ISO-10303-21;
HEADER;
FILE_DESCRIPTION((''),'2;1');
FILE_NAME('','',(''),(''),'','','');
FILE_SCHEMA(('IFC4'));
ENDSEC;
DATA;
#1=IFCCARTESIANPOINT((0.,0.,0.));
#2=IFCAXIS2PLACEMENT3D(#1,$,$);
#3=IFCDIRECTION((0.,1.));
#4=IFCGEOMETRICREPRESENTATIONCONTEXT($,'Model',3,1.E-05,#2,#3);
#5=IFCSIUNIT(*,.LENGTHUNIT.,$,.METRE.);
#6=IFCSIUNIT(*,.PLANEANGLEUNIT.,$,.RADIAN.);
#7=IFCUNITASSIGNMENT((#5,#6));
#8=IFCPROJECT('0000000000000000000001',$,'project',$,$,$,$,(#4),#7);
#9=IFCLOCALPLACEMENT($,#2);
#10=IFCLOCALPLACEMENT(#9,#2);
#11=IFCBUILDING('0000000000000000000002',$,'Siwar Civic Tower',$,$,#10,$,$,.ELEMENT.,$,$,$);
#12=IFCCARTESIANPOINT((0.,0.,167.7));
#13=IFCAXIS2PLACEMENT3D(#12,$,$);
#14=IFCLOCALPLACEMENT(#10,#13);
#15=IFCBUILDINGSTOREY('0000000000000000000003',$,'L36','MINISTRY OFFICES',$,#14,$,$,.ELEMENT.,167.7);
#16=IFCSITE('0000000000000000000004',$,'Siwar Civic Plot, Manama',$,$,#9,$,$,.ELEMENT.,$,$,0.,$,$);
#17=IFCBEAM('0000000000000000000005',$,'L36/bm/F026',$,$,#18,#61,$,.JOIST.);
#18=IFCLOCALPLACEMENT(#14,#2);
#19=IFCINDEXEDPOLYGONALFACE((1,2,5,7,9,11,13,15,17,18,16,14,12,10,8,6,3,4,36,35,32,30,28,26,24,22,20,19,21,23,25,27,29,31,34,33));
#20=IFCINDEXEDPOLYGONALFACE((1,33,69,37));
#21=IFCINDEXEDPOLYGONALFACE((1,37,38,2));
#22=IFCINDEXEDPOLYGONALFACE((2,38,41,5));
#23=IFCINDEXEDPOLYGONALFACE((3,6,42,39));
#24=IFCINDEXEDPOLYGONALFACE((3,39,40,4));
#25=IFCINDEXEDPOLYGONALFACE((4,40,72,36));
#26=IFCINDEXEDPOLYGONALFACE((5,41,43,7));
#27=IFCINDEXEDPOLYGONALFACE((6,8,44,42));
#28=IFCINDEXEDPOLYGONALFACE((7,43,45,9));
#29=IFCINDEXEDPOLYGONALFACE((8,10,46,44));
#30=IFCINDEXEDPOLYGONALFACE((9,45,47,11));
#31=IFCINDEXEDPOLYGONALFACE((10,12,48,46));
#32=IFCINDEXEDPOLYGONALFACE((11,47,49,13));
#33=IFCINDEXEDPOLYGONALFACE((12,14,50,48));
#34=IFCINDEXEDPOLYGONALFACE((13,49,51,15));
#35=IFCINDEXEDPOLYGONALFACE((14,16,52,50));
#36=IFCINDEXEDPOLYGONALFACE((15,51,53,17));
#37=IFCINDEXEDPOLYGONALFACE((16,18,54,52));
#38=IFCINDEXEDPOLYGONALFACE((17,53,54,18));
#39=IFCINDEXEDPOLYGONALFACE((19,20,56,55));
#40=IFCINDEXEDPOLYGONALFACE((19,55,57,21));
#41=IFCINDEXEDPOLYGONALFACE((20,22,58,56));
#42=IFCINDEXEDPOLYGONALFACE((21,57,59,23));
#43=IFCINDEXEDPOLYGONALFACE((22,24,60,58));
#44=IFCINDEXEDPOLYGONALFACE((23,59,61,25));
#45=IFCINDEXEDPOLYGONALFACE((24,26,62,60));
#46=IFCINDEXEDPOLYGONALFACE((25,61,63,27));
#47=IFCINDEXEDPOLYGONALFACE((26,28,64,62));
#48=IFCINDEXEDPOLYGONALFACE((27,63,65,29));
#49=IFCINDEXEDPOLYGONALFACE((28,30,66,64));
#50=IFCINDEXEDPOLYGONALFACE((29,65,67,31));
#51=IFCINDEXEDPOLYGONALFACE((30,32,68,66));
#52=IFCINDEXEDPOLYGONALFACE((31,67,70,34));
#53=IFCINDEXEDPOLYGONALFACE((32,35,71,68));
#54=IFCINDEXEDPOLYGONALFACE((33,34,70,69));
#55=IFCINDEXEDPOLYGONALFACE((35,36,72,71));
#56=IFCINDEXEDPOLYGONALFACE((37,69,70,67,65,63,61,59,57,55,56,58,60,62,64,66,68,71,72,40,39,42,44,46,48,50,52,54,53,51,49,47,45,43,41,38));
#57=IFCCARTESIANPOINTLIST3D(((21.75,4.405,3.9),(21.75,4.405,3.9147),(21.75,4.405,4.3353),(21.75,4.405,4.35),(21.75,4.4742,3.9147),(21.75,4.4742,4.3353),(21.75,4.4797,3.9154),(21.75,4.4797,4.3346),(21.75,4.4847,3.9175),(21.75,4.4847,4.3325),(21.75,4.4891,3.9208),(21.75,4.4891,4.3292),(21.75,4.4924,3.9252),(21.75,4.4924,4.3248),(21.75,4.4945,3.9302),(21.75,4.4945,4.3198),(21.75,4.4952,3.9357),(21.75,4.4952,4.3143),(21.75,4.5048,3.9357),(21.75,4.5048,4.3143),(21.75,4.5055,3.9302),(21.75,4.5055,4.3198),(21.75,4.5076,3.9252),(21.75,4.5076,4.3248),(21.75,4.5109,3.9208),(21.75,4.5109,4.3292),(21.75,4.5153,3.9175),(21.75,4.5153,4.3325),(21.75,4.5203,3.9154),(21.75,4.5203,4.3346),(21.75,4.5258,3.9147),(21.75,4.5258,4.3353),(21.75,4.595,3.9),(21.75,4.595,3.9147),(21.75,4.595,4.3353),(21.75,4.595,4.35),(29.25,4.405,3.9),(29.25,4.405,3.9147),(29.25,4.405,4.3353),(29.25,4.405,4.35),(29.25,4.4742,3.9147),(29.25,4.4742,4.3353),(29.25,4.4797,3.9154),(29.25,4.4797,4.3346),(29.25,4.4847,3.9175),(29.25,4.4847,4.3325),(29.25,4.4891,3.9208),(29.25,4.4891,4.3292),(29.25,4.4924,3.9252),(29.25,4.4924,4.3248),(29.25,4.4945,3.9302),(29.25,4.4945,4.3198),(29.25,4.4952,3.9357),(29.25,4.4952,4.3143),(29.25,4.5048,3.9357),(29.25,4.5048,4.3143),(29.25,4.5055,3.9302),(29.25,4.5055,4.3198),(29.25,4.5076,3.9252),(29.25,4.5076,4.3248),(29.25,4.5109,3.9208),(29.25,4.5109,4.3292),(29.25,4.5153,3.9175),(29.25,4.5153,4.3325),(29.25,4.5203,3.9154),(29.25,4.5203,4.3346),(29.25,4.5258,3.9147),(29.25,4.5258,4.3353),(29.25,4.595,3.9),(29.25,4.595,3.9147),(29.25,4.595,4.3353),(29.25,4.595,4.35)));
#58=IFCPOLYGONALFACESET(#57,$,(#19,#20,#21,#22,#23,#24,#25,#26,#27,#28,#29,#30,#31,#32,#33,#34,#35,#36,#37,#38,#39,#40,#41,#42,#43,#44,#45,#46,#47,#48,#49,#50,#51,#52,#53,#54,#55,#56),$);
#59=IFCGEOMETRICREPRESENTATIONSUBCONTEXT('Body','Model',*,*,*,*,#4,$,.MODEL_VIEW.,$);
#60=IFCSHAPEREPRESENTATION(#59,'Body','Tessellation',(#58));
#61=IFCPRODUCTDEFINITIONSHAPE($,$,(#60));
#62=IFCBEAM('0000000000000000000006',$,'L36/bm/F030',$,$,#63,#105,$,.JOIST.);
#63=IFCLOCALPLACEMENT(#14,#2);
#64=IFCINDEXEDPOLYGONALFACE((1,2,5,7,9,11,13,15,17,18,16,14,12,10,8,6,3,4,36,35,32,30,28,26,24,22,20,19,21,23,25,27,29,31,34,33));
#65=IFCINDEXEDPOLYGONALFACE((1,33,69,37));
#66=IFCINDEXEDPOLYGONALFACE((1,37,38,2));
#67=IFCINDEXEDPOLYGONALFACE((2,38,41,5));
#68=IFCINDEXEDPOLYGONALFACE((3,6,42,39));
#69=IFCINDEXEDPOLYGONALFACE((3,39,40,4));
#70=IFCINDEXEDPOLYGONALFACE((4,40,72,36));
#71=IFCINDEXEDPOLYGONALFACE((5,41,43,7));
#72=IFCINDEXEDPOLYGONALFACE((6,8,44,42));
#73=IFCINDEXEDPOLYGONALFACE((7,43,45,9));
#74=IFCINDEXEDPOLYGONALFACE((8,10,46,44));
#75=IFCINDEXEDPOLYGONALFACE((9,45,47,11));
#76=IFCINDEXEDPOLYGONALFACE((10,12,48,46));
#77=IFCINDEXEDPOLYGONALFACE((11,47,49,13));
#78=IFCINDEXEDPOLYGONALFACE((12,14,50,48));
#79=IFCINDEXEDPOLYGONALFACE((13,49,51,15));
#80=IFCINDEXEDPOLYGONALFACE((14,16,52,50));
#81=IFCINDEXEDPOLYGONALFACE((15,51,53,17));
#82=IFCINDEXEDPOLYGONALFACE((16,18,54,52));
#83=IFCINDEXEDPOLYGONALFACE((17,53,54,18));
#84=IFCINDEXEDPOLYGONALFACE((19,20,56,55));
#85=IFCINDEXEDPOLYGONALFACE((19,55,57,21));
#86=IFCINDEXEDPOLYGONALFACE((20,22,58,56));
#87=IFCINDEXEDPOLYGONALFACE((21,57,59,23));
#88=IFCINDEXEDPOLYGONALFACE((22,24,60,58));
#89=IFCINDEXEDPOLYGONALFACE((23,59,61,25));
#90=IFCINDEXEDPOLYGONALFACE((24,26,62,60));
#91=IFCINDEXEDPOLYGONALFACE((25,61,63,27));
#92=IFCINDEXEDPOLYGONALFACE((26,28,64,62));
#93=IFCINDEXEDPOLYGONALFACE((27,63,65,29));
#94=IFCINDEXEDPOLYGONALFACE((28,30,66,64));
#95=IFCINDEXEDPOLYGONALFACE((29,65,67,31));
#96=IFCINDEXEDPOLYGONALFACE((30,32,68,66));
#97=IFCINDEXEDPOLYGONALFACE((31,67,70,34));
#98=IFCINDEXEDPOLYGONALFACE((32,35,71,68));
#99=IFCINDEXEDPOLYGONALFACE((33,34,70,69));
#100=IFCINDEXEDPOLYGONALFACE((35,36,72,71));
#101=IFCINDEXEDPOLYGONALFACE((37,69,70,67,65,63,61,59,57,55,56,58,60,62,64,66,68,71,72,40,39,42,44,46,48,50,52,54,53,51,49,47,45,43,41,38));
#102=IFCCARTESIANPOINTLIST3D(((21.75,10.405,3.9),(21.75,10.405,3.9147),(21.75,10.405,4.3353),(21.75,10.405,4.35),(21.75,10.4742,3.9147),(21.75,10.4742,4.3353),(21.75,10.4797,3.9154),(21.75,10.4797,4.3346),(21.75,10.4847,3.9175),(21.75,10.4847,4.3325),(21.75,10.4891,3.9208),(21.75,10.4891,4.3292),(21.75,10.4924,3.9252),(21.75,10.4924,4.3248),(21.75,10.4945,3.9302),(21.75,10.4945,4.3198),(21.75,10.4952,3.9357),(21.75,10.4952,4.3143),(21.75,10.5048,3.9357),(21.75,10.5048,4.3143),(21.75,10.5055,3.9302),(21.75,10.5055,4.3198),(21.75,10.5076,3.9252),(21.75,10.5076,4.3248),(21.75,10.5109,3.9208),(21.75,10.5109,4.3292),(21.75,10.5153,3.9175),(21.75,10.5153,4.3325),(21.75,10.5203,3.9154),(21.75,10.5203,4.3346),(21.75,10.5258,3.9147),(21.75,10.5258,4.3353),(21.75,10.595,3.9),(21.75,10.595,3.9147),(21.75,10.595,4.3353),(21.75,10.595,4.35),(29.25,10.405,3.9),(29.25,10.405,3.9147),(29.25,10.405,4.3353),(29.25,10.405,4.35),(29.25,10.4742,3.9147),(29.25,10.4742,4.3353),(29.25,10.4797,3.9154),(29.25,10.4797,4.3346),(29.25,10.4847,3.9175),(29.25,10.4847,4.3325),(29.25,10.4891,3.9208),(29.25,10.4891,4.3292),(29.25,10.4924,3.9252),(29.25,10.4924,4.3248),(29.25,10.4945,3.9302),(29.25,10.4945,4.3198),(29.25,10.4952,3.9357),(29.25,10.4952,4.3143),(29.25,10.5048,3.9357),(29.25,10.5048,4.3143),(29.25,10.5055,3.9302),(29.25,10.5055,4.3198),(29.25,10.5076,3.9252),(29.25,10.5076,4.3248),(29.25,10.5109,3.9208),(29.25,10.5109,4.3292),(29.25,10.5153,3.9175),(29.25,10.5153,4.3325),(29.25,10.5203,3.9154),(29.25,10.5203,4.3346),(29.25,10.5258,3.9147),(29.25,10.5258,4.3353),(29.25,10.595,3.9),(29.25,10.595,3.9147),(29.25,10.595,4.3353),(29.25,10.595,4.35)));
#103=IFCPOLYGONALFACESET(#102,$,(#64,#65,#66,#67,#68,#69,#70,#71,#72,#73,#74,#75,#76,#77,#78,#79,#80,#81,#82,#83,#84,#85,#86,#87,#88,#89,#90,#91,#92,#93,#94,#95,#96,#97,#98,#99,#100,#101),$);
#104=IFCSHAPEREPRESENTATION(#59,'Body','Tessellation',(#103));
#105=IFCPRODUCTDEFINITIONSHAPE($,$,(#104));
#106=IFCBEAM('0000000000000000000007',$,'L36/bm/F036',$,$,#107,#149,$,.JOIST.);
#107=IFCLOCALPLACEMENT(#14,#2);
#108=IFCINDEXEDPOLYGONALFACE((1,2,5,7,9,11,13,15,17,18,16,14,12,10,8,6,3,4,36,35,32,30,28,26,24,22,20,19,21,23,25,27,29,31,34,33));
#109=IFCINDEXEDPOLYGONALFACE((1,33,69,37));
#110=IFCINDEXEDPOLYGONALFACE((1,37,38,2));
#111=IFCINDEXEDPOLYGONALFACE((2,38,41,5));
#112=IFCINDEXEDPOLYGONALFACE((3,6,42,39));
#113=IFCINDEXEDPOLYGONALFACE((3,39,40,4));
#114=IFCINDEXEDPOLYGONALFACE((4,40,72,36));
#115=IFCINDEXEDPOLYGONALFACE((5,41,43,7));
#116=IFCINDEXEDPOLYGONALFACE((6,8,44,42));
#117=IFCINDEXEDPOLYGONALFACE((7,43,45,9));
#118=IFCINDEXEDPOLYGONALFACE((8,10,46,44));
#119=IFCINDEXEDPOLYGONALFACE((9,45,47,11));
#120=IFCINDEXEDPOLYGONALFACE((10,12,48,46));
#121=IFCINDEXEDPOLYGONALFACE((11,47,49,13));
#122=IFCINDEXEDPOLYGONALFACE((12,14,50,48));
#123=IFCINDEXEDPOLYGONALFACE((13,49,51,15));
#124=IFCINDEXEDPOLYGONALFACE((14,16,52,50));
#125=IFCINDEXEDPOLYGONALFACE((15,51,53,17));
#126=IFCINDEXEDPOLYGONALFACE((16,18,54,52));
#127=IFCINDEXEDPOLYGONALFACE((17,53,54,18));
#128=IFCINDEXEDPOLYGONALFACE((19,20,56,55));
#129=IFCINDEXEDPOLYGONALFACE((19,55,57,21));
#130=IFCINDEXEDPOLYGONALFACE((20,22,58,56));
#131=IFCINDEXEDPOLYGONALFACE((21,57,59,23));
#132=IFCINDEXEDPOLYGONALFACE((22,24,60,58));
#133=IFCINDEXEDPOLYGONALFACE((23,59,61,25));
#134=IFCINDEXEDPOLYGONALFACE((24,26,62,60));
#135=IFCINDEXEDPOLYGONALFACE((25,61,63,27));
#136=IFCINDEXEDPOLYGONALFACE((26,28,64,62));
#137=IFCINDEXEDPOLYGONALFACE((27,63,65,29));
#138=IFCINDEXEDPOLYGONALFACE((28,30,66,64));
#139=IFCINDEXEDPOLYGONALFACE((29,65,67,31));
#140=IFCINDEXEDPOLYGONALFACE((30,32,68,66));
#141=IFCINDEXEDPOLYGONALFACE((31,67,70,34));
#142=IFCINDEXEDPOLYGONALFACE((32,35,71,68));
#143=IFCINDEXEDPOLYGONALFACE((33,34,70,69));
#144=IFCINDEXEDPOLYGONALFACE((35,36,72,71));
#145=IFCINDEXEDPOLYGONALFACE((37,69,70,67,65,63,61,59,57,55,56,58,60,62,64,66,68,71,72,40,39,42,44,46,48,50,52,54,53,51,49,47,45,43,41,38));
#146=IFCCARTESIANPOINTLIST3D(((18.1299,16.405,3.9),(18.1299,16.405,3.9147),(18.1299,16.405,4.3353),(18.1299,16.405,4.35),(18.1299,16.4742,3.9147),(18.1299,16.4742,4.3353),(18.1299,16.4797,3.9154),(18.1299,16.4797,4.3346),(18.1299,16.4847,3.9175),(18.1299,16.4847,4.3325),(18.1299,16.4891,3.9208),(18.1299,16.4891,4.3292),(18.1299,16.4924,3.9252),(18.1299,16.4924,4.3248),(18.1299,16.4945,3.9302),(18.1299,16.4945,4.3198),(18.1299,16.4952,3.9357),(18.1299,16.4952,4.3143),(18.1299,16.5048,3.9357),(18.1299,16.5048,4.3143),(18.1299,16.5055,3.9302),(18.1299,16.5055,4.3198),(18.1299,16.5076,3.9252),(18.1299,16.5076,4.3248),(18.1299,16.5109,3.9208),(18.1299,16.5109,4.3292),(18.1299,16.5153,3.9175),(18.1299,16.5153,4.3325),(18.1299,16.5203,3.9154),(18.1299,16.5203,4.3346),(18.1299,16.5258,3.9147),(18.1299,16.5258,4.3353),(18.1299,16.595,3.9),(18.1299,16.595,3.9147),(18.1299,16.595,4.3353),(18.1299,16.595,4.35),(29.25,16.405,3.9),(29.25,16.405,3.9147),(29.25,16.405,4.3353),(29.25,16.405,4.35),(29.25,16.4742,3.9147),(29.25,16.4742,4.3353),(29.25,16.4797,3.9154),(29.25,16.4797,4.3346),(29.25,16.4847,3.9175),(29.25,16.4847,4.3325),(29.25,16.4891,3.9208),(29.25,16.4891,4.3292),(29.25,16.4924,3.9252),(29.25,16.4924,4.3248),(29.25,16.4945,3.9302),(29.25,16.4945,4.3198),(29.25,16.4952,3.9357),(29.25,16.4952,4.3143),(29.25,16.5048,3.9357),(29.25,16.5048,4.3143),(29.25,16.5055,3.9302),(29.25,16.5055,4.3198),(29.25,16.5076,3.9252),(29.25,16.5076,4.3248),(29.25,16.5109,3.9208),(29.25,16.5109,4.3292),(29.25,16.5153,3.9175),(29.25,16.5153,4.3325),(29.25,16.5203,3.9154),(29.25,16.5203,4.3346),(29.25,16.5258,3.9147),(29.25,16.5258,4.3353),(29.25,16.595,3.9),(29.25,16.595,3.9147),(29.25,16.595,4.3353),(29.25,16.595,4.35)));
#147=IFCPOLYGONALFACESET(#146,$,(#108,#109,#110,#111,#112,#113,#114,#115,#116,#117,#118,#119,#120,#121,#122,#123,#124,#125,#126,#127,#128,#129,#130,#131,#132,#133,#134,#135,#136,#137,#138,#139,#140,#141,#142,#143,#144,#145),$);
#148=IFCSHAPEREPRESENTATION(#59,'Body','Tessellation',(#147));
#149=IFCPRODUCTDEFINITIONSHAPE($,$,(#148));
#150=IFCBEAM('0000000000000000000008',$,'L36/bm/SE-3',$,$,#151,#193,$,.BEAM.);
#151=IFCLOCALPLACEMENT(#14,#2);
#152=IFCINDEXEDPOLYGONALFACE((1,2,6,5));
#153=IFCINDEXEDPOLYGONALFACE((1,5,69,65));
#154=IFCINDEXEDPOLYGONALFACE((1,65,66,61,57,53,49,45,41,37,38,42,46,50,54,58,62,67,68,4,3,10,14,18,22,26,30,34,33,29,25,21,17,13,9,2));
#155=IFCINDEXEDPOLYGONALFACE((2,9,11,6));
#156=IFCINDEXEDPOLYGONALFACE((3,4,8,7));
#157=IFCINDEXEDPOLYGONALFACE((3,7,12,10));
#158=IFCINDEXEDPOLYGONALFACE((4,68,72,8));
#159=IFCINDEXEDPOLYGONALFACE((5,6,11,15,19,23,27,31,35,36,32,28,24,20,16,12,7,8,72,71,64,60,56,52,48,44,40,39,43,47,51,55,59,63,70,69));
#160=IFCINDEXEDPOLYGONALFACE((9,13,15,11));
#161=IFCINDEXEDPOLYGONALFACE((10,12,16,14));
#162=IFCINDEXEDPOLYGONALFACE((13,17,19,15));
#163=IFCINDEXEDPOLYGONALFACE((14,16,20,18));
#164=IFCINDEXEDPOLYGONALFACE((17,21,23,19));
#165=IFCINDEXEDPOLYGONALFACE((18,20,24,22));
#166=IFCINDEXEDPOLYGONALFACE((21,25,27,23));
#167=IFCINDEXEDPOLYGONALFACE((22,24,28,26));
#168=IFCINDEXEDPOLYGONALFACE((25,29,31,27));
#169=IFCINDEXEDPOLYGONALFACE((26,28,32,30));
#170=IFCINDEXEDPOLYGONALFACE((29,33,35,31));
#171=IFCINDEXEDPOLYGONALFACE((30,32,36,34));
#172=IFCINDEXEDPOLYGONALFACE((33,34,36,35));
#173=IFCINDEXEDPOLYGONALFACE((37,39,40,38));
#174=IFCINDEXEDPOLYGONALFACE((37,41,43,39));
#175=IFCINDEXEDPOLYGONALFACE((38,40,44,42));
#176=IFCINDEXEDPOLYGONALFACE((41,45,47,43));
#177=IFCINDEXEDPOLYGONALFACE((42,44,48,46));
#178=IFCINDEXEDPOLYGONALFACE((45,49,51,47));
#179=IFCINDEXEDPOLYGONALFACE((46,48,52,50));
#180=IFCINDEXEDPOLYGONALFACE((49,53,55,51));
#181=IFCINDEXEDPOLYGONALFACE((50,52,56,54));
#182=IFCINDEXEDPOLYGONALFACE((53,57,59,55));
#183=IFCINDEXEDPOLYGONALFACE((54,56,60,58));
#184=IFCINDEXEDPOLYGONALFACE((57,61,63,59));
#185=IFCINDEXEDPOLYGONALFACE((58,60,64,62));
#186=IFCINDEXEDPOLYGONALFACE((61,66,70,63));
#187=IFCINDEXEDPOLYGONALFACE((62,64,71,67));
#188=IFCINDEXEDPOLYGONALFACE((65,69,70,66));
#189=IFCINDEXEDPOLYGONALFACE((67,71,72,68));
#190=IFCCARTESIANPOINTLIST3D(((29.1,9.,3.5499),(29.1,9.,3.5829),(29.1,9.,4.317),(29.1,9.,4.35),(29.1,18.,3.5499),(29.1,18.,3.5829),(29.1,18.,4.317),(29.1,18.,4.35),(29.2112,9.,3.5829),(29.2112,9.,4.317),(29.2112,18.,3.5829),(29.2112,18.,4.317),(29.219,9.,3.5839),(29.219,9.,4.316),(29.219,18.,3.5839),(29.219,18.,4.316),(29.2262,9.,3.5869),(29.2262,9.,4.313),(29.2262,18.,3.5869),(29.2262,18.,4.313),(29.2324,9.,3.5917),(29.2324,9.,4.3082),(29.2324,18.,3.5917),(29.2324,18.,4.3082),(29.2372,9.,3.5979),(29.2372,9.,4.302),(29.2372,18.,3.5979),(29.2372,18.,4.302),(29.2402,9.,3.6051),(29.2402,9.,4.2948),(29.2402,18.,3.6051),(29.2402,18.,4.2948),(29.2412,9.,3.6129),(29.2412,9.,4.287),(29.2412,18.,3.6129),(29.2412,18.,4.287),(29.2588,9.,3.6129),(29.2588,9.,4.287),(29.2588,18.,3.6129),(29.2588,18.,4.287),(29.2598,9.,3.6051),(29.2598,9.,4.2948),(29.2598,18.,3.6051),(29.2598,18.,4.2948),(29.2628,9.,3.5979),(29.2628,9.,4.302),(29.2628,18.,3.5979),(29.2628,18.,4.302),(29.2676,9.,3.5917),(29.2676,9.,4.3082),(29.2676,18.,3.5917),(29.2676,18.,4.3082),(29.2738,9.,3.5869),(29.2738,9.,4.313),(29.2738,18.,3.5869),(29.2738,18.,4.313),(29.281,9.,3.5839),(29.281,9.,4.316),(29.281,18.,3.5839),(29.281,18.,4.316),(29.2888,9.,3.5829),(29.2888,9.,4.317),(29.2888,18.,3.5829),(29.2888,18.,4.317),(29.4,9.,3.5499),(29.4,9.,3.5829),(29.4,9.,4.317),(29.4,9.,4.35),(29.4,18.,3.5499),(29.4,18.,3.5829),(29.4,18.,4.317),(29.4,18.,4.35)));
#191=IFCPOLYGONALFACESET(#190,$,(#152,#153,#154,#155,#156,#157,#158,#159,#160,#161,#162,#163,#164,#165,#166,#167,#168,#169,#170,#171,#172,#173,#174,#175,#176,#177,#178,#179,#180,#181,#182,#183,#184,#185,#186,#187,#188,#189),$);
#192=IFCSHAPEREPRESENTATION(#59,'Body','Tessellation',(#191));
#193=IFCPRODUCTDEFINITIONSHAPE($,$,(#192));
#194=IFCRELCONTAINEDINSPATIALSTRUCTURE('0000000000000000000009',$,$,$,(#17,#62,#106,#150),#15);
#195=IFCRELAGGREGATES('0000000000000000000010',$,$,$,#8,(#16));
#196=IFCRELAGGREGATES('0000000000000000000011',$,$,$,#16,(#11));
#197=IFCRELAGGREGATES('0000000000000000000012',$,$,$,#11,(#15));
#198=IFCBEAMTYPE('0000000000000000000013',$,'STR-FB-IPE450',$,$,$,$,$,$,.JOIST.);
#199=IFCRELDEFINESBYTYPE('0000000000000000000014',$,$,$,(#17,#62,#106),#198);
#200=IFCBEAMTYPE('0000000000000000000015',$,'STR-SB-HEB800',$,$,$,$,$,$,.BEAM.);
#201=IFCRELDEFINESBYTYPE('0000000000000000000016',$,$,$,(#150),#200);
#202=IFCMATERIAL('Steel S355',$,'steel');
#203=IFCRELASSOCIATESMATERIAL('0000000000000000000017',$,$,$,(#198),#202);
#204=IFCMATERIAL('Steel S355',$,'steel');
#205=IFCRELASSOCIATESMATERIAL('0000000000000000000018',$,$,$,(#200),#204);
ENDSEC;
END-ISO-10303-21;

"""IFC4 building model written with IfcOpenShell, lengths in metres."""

from ifc_helpers import new_model, si_unit, direction, frame, origin, origin_2d, place, context, subcontext, project, spatial, i_section, extrude, material, material_profile, profile_set, type_object, element, save


model = new_model("IFC4")

# Units and contexts
model_context = context("Model", 3, precision=1e-05, world=origin(), true_north=direction((0.0, 1.0)))
body_context = subcontext(model_context, "Body", "Model", "MODEL_VIEW")
ifc_project = project(units=[si_unit("LENGTHUNIT", "METRE"), si_unit("PLANEANGLEUNIT", "RADIAN")], contexts=[model_context])

# Site, building, storey
site_placement = place(None, origin())
site = spatial("IfcSite", under=ifc_project, at=site_placement, Name="Siwar Civic Plot, Manama", CompositionType="ELEMENT", RefElevation=0.0)
building_placement = place(site_placement, origin())
building = spatial("IfcBuilding", under=site, at=building_placement, Name="Siwar Civic Tower", CompositionType="ELEMENT")
storey_placement = place(building_placement, frame((0.0, 0.0, 167.7)))
storey = spatial("IfcBuildingStorey", under=building, at=storey_placement, Name="L36", Description="MINISTRY OFFICES", CompositionType="ELEMENT", Elevation=167.7)

# Beams
ifc_material_1 = material(Name="Steel S355", Category="steel")
ifc_material_profile_1 = material_profile(ifc_material_1, i_section(OverallWidth=0.1899, OverallDepth=0.45, WebThickness=0.0095, FlangeThickness=0.0146, FilletRadius=0.021, at=origin_2d()), Name="IPE450")
ifc_profile_set_1 = profile_set([ifc_material_profile_1], Name="Steel S355")
beam_type_1 = type_object("IfcBeamType", Name="STR-FB-IPE450", PredefinedType="JOIST", material=ifc_profile_set_1)
for number, where, z_axis, x_axis, name in (
    (1, (21.75, 4.5, 4.125), (1.0, 0.0, 0.0), (0.0, 1.0, 0.0), "L36/bm/F026"),
    (2, (21.75, 10.5, 4.125), (1.0, 0.0, 0.0), (0.0, 1.0, 0.0), "L36/bm/F030"),
):
    element("IfcBeam", number, at=place(storey_placement, frame(where, z_axis=z_axis, x_axis=x_axis)), inside=storey, type_object=beam_type_1, Name=name, PredefinedType="JOIST", context=body_context, shape_type="SweptSolid", body=[
        extrude(i_section(OverallWidth=0.1899, OverallDepth=0.45, WebThickness=0.0095, FlangeThickness=0.0146, FilletRadius=0.021, at=origin_2d()), origin(), (0.0, 0.0, 1.0), 7.5),
    ])
beam_1_placement = place(storey_placement, frame((18.1299, 16.5, 4.125), z_axis=(1.0, 0.0, 0.0), x_axis=(0.0, 1.0, 0.0)))
element("IfcBeam", 3, at=beam_1_placement, inside=storey, type_object=beam_type_1, Name="L36/bm/F036", PredefinedType="JOIST", context=body_context, shape_type="SweptSolid", body=[
    extrude(i_section(OverallWidth=0.1899, OverallDepth=0.45, WebThickness=0.0095, FlangeThickness=0.0146, FilletRadius=0.021, at=origin_2d()), origin(), (0.0, 0.0, 1.0), 11.1201),
])
ifc_material_2 = material(Name="Steel S355", Category="steel")
ifc_material_profile_2 = material_profile(ifc_material_2, i_section(OverallWidth=0.3, OverallDepth=0.8, WebThickness=0.0176, FlangeThickness=0.033, FilletRadius=0.03, at=origin_2d()), Name="HEB800")
ifc_profile_set_2 = profile_set([ifc_material_profile_2], Name="Steel S355")
beam_type_2 = type_object("IfcBeamType", Name="STR-SB-HEB800", PredefinedType="BEAM", material=ifc_profile_set_2)
beam_2_placement = place(storey_placement, frame((29.25, 9.0, 3.95), z_axis=(0.0, 1.0, 0.0), x_axis=(-1.0, 0.0, 0.0)))
element("IfcBeam", 4, at=beam_2_placement, inside=storey, type_object=beam_type_2, Name="L36/bm/SE-3", PredefinedType="BEAM", context=body_context, shape_type="SweptSolid", body=[
    extrude(i_section(OverallWidth=0.3, OverallDepth=0.8, WebThickness=0.0176, FlangeThickness=0.033, FilletRadius=0.03, at=origin_2d()), origin(), (0.0, 0.0, 1.0), 9.0),
])

save(model, "model.ifc")
